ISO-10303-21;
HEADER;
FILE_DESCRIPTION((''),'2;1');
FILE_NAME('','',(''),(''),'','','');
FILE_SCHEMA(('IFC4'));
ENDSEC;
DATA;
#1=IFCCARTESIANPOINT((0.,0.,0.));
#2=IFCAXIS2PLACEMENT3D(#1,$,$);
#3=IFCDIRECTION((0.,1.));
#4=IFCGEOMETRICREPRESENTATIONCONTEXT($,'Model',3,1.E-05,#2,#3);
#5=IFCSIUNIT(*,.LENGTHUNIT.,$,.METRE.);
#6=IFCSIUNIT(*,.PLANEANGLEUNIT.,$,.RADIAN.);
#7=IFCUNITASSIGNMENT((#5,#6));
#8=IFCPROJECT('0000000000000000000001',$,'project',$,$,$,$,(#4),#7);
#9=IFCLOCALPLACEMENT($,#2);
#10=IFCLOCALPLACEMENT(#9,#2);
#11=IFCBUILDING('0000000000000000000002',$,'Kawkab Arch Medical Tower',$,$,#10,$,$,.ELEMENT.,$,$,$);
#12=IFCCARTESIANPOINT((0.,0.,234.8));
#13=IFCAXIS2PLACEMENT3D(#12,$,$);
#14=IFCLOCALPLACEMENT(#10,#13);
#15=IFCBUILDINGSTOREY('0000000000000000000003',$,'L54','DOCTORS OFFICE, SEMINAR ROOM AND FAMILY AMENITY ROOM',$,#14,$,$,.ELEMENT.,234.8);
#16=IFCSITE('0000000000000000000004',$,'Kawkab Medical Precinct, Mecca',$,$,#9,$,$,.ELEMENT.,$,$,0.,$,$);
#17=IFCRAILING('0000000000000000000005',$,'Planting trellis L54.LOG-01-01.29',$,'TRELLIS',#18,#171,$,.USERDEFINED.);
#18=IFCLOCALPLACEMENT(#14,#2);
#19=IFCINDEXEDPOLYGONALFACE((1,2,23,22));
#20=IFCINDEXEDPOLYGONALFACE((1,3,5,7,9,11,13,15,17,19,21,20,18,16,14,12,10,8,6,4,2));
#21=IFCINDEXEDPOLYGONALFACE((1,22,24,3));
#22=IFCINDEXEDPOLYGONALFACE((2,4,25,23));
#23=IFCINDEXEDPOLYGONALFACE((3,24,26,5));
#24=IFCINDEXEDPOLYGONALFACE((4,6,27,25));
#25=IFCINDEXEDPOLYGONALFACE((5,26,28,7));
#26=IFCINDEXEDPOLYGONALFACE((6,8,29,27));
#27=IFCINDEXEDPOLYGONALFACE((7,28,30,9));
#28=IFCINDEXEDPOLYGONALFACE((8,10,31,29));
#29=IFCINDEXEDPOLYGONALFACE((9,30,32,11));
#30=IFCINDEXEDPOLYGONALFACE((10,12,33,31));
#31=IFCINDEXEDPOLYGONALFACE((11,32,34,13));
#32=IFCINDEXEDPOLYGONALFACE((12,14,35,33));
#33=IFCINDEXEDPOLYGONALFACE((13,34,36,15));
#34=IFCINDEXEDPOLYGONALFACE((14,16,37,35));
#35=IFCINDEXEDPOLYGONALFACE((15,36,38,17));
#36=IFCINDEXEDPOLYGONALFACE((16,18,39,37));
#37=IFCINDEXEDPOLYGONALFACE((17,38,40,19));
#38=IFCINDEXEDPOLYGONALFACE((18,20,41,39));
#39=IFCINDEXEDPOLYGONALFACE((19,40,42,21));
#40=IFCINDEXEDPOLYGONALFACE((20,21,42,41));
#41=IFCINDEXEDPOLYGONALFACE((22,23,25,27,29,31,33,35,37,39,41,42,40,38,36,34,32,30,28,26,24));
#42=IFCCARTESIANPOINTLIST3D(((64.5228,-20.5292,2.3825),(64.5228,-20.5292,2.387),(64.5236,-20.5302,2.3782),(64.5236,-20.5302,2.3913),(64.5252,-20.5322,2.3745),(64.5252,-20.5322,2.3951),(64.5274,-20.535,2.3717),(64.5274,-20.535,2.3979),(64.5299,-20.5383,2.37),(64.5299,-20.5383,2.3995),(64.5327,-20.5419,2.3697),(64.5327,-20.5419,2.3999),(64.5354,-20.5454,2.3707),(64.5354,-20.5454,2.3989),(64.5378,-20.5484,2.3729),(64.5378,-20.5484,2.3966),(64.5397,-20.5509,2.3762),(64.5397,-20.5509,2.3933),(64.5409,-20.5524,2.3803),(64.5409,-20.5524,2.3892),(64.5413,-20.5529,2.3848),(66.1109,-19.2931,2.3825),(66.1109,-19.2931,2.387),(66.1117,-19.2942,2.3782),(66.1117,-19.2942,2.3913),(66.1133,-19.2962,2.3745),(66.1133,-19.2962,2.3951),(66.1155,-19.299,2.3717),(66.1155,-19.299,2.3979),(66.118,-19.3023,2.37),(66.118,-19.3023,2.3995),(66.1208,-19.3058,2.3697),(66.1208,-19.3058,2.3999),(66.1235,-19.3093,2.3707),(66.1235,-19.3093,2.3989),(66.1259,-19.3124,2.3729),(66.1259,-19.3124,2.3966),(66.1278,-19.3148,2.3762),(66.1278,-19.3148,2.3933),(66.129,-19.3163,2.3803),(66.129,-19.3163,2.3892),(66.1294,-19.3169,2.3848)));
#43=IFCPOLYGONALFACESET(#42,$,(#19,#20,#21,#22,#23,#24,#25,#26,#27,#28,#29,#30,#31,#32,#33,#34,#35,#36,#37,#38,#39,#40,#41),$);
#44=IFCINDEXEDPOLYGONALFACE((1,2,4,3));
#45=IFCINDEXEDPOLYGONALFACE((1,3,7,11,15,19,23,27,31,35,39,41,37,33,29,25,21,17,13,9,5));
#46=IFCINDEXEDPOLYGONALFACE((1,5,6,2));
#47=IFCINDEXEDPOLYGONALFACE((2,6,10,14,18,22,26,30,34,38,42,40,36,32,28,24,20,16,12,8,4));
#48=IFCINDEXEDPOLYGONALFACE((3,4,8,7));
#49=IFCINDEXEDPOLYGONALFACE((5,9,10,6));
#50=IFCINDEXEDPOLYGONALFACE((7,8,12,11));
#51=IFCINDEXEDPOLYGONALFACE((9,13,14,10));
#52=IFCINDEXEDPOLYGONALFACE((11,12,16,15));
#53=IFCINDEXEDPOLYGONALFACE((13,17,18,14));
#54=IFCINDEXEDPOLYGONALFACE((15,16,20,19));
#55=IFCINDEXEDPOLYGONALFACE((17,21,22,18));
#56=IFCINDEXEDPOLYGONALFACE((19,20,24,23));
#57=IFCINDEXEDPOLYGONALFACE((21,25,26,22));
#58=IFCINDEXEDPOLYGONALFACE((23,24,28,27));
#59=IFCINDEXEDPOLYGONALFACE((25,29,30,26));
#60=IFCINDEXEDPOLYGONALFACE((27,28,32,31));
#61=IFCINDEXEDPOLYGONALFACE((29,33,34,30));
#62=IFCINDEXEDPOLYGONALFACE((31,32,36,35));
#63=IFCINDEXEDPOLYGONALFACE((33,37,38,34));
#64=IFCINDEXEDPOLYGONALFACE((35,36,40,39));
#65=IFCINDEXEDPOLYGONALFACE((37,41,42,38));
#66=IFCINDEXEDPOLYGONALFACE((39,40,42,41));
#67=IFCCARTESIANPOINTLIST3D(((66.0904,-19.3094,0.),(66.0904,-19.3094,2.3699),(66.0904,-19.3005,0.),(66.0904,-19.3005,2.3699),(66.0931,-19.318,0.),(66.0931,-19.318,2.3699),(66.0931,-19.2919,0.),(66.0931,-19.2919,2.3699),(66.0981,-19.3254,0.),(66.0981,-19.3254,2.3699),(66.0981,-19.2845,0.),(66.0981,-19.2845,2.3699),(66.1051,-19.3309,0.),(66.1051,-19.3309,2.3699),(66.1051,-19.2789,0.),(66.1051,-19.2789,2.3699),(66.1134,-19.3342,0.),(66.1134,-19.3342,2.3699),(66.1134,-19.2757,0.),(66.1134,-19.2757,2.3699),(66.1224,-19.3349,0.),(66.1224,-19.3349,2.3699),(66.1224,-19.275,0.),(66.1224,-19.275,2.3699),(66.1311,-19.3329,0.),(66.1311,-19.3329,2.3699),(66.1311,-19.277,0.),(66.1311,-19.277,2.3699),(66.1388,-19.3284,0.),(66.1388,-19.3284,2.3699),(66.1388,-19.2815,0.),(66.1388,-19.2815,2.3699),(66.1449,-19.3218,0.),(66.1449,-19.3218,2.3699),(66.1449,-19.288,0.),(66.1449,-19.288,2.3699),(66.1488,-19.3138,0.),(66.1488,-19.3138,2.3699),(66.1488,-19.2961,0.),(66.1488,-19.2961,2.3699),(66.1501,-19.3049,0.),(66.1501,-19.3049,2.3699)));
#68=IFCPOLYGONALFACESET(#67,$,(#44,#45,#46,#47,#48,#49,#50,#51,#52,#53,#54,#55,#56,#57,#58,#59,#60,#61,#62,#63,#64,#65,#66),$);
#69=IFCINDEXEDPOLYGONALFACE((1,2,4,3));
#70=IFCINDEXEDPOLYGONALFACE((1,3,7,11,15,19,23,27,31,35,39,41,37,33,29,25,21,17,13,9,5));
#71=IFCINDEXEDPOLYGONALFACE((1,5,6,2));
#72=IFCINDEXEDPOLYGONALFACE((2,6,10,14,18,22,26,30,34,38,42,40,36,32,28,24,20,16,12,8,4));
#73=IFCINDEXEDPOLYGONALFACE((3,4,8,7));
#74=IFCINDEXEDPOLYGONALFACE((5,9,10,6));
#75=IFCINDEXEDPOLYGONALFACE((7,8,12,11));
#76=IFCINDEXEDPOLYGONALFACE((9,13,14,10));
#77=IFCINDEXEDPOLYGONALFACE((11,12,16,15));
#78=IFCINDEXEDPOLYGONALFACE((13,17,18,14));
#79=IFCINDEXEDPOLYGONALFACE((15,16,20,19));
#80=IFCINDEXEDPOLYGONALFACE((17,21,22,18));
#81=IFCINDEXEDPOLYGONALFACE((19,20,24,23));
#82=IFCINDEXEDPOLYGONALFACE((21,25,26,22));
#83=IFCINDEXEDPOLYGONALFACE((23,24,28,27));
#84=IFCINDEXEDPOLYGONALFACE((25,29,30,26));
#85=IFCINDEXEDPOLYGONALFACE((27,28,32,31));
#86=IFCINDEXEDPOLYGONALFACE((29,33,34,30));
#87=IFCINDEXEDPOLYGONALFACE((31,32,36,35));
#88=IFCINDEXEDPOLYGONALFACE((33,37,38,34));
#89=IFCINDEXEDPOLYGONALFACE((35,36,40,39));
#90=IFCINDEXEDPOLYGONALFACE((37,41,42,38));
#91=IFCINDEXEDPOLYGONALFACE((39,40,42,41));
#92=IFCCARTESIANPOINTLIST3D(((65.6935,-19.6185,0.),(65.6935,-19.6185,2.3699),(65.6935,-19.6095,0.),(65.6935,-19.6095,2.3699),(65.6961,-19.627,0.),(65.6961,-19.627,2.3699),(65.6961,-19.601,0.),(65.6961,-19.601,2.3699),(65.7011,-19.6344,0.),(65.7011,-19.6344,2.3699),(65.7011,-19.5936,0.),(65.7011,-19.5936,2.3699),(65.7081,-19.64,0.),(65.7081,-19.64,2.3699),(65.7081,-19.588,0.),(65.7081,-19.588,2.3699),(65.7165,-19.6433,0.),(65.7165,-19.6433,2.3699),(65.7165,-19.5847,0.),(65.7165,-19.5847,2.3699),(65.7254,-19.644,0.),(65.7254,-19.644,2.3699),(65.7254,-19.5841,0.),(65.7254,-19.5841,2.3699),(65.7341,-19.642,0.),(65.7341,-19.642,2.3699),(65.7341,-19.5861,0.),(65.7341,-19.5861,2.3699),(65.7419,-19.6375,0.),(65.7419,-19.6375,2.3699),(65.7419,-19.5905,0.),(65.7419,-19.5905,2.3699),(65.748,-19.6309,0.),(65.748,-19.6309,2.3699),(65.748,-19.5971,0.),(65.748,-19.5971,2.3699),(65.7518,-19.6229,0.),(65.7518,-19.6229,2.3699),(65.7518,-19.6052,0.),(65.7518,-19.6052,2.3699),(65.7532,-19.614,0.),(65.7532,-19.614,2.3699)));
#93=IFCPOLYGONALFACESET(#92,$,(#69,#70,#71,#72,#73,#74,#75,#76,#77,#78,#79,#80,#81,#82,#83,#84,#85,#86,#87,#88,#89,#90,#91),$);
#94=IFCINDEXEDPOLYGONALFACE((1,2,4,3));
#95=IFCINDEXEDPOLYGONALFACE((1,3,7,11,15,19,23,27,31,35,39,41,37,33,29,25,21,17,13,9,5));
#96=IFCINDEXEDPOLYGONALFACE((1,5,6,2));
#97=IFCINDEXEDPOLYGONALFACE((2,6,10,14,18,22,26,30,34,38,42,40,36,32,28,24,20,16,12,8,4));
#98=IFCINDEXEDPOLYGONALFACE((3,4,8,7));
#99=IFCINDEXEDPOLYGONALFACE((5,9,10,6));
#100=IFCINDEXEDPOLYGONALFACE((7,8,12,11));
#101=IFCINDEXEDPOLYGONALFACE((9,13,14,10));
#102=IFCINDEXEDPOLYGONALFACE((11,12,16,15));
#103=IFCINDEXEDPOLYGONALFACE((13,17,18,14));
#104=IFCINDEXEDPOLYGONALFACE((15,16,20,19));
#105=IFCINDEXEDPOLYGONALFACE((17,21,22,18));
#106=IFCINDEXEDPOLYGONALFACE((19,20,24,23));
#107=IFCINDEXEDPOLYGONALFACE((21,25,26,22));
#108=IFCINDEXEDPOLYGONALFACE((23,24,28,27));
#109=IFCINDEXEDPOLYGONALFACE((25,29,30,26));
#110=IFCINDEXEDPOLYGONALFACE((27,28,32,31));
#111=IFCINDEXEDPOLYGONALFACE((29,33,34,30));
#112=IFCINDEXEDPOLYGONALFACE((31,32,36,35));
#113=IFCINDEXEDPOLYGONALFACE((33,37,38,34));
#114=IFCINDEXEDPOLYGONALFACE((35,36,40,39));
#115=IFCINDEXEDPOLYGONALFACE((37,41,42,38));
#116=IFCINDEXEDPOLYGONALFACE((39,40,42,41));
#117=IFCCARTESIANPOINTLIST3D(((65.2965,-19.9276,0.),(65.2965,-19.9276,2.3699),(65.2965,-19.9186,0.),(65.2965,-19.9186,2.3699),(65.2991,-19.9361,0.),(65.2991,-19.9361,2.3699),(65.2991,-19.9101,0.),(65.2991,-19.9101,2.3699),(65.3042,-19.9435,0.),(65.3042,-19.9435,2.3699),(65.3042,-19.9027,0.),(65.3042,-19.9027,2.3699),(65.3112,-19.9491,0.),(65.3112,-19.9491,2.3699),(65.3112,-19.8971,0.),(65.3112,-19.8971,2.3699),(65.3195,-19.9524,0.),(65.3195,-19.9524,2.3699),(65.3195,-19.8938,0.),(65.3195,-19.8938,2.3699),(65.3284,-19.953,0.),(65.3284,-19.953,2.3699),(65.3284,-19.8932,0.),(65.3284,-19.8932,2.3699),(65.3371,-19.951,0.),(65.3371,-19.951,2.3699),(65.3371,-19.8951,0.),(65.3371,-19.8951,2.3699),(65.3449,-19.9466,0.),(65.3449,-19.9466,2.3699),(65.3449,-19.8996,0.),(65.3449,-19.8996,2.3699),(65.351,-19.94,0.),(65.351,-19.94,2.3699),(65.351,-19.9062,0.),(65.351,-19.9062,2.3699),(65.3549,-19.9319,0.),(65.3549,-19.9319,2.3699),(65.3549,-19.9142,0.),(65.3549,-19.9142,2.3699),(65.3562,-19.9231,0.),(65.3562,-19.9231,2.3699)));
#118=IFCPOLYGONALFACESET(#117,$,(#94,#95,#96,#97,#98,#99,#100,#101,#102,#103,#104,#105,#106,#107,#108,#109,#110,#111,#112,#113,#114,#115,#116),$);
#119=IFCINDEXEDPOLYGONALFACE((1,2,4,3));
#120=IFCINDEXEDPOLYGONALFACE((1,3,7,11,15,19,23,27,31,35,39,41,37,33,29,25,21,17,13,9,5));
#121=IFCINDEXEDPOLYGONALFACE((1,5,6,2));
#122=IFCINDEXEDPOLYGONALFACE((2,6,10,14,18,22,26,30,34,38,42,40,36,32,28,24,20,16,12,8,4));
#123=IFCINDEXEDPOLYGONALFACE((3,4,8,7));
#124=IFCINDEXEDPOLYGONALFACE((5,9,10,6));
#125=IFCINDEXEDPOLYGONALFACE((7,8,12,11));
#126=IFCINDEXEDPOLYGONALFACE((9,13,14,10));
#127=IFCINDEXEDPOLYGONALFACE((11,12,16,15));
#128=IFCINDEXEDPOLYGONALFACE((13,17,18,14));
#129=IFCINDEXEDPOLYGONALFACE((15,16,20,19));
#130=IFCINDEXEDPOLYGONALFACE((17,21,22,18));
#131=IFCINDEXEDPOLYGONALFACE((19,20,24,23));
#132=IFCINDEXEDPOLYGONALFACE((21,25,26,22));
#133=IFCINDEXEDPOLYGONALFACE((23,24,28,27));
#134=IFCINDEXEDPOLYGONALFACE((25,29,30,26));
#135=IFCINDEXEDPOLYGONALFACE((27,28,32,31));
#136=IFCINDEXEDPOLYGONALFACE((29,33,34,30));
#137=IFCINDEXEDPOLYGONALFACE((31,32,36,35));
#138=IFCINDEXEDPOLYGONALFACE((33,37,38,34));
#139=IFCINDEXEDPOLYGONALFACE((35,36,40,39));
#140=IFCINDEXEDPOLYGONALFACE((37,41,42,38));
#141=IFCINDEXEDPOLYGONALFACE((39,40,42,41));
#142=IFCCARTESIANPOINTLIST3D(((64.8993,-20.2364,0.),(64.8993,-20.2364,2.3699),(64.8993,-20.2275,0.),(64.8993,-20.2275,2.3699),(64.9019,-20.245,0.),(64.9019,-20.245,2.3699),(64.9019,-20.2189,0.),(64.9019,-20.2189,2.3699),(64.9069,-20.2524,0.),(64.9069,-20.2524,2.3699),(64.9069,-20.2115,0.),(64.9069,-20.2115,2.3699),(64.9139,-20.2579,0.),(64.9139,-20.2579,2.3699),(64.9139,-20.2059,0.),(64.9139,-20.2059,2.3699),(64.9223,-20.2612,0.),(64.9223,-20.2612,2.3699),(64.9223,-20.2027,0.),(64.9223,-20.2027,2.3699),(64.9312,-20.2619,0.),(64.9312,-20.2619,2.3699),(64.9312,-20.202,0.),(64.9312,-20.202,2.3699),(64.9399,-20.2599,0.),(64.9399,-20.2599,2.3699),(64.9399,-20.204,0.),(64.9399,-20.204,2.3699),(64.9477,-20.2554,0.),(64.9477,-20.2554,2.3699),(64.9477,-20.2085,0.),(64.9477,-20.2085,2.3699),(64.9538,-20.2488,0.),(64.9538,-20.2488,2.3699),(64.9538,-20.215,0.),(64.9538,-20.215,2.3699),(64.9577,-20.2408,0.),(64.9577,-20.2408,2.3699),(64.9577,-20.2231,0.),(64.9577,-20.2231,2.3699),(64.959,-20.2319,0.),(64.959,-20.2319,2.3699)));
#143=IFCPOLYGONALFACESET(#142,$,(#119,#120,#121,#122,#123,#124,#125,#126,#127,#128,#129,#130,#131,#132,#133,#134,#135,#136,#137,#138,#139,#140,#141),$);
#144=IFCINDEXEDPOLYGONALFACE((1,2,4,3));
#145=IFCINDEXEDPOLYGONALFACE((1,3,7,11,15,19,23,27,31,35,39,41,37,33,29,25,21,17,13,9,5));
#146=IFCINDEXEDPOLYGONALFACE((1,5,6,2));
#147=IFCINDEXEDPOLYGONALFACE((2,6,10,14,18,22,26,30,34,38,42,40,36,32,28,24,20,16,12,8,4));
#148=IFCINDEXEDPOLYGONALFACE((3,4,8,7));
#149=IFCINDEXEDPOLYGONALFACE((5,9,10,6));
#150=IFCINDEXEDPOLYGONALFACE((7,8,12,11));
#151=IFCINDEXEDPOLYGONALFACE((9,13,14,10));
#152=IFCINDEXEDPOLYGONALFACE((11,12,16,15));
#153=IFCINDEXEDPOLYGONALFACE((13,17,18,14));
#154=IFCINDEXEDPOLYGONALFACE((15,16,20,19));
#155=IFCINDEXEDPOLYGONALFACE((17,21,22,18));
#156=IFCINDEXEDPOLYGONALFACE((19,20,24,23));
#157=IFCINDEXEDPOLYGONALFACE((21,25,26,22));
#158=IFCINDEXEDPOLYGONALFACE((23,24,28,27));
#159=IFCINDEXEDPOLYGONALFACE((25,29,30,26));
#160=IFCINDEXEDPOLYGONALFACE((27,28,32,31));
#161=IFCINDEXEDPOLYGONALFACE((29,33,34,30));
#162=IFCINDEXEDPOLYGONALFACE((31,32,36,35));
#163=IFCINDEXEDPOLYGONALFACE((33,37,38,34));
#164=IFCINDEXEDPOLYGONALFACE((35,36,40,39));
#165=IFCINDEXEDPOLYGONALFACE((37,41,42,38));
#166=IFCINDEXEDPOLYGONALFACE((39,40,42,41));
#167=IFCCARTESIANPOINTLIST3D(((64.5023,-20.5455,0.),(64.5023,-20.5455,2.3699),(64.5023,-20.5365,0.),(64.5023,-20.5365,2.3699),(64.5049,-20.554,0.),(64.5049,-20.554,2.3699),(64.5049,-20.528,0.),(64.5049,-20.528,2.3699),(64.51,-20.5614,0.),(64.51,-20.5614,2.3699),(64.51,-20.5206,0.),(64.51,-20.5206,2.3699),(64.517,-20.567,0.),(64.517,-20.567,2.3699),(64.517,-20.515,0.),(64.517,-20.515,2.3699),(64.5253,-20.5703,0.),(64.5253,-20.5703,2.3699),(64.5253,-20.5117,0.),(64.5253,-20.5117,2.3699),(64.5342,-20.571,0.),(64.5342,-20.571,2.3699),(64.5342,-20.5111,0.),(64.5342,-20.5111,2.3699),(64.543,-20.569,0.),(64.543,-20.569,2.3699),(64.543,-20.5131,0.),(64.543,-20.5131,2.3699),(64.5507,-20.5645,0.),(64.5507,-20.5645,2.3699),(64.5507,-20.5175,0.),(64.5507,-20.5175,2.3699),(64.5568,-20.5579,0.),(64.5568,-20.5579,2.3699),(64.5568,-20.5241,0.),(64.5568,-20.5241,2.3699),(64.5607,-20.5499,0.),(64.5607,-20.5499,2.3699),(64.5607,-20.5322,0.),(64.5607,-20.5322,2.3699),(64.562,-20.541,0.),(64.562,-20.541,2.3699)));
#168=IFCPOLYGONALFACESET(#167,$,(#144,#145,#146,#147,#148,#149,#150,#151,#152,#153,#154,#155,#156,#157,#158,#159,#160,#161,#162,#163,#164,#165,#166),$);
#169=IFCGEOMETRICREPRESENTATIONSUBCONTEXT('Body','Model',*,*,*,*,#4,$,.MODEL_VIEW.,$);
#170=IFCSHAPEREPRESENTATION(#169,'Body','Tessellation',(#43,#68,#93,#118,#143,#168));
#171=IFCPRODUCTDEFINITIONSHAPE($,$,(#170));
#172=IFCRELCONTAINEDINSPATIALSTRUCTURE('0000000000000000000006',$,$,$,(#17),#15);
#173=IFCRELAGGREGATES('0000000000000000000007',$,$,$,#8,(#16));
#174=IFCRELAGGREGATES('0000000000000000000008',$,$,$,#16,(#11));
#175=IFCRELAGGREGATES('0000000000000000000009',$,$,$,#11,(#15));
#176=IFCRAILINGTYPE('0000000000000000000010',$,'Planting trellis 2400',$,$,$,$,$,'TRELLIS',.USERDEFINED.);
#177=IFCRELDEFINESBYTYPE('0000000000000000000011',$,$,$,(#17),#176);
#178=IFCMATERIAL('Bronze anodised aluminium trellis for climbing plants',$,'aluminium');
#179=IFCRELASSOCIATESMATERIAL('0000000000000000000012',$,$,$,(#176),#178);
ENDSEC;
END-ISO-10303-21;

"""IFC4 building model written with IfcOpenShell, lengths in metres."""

from ifc_helpers import new_model, si_unit, direction, frame, origin, origin_2d, place, context, subcontext, project, spatial, circle, extrude, material, type_object, element, save


model = new_model("IFC4")

# Units and contexts
model_context = context("Model", 3, precision=1e-05, world=origin(), true_north=direction((0.0, 1.0)))
body_context = subcontext(model_context, "Body", "Model", "MODEL_VIEW")
ifc_project = project(units=[si_unit("LENGTHUNIT", "METRE"), si_unit("PLANEANGLEUNIT", "RADIAN")], contexts=[model_context])

# Site, building, storey
site_placement = place(None, origin())
site = spatial("IfcSite", under=ifc_project, at=site_placement, Name="Kawkab Medical Precinct, Mecca", CompositionType="ELEMENT", RefElevation=0.0)
building_placement = place(site_placement, origin())
building = spatial("IfcBuilding", under=site, at=building_placement, Name="Kawkab Arch Medical Tower", CompositionType="ELEMENT")
storey_placement = place(building_placement, frame((0.0, 0.0, 234.8)))
storey = spatial("IfcBuildingStorey", under=building, at=storey_placement, Name="L54", Description="DOCTORS OFFICE, SEMINAR ROOM AND FAMILY AMENITY ROOM", CompositionType="ELEMENT", Elevation=234.8)

# Railing
ifc_material_1 = material(Name="Bronze anodised aluminium trellis for climbing plants", Category="aluminium")
railing_type_1 = type_object("IfcRailingType", Name="Planting trellis 2400", ElementType="TRELLIS", PredefinedType="USERDEFINED", material=ifc_material_1)
railing_1_placement = place(storey_placement, frame((66.1201, -19.3049, 0.0)))
element("IfcRailing", 1, at=railing_1_placement, inside=storey, type_object=railing_type_1, Name="Planting trellis L54.LOG-01-01.29", ObjectType="TRELLIS", PredefinedType="USERDEFINED", context=body_context, shape_type="SweptSolid", body=[
    extrude(circle(Radius=0.0151, at=origin_2d()), frame((0.0, 0.0, 2.3848), z_axis=(-0.789143, -0.614209, 0.0), x_axis=(0.614209, -0.789143, 0.0)), (0.0, 0.0, 1.0), 2.0125),
    extrude(circle(Radius=0.03, at=origin_2d()), origin(), (0.0, 0.0, 1.0), 2.3699),
    extrude(circle(Radius=0.03, at=origin_2d()), frame((-0.397, -0.3091, 0.0)), (0.0, 0.0, 1.0), 2.3699),
    extrude(circle(Radius=0.03, at=origin_2d()), frame((-0.7939, -0.6182, 0.0)), (0.0, 0.0, 1.0), 2.3699),
    extrude(circle(Radius=0.03, at=origin_2d()), frame((-1.1912, -0.927, 0.0)), (0.0, 0.0, 1.0), 2.3699),
    extrude(circle(Radius=0.03, at=origin_2d()), frame((-1.5881, -1.2361, 0.0)), (0.0, 0.0, 1.0), 2.3699),
])

save(model, "model.ifc")
